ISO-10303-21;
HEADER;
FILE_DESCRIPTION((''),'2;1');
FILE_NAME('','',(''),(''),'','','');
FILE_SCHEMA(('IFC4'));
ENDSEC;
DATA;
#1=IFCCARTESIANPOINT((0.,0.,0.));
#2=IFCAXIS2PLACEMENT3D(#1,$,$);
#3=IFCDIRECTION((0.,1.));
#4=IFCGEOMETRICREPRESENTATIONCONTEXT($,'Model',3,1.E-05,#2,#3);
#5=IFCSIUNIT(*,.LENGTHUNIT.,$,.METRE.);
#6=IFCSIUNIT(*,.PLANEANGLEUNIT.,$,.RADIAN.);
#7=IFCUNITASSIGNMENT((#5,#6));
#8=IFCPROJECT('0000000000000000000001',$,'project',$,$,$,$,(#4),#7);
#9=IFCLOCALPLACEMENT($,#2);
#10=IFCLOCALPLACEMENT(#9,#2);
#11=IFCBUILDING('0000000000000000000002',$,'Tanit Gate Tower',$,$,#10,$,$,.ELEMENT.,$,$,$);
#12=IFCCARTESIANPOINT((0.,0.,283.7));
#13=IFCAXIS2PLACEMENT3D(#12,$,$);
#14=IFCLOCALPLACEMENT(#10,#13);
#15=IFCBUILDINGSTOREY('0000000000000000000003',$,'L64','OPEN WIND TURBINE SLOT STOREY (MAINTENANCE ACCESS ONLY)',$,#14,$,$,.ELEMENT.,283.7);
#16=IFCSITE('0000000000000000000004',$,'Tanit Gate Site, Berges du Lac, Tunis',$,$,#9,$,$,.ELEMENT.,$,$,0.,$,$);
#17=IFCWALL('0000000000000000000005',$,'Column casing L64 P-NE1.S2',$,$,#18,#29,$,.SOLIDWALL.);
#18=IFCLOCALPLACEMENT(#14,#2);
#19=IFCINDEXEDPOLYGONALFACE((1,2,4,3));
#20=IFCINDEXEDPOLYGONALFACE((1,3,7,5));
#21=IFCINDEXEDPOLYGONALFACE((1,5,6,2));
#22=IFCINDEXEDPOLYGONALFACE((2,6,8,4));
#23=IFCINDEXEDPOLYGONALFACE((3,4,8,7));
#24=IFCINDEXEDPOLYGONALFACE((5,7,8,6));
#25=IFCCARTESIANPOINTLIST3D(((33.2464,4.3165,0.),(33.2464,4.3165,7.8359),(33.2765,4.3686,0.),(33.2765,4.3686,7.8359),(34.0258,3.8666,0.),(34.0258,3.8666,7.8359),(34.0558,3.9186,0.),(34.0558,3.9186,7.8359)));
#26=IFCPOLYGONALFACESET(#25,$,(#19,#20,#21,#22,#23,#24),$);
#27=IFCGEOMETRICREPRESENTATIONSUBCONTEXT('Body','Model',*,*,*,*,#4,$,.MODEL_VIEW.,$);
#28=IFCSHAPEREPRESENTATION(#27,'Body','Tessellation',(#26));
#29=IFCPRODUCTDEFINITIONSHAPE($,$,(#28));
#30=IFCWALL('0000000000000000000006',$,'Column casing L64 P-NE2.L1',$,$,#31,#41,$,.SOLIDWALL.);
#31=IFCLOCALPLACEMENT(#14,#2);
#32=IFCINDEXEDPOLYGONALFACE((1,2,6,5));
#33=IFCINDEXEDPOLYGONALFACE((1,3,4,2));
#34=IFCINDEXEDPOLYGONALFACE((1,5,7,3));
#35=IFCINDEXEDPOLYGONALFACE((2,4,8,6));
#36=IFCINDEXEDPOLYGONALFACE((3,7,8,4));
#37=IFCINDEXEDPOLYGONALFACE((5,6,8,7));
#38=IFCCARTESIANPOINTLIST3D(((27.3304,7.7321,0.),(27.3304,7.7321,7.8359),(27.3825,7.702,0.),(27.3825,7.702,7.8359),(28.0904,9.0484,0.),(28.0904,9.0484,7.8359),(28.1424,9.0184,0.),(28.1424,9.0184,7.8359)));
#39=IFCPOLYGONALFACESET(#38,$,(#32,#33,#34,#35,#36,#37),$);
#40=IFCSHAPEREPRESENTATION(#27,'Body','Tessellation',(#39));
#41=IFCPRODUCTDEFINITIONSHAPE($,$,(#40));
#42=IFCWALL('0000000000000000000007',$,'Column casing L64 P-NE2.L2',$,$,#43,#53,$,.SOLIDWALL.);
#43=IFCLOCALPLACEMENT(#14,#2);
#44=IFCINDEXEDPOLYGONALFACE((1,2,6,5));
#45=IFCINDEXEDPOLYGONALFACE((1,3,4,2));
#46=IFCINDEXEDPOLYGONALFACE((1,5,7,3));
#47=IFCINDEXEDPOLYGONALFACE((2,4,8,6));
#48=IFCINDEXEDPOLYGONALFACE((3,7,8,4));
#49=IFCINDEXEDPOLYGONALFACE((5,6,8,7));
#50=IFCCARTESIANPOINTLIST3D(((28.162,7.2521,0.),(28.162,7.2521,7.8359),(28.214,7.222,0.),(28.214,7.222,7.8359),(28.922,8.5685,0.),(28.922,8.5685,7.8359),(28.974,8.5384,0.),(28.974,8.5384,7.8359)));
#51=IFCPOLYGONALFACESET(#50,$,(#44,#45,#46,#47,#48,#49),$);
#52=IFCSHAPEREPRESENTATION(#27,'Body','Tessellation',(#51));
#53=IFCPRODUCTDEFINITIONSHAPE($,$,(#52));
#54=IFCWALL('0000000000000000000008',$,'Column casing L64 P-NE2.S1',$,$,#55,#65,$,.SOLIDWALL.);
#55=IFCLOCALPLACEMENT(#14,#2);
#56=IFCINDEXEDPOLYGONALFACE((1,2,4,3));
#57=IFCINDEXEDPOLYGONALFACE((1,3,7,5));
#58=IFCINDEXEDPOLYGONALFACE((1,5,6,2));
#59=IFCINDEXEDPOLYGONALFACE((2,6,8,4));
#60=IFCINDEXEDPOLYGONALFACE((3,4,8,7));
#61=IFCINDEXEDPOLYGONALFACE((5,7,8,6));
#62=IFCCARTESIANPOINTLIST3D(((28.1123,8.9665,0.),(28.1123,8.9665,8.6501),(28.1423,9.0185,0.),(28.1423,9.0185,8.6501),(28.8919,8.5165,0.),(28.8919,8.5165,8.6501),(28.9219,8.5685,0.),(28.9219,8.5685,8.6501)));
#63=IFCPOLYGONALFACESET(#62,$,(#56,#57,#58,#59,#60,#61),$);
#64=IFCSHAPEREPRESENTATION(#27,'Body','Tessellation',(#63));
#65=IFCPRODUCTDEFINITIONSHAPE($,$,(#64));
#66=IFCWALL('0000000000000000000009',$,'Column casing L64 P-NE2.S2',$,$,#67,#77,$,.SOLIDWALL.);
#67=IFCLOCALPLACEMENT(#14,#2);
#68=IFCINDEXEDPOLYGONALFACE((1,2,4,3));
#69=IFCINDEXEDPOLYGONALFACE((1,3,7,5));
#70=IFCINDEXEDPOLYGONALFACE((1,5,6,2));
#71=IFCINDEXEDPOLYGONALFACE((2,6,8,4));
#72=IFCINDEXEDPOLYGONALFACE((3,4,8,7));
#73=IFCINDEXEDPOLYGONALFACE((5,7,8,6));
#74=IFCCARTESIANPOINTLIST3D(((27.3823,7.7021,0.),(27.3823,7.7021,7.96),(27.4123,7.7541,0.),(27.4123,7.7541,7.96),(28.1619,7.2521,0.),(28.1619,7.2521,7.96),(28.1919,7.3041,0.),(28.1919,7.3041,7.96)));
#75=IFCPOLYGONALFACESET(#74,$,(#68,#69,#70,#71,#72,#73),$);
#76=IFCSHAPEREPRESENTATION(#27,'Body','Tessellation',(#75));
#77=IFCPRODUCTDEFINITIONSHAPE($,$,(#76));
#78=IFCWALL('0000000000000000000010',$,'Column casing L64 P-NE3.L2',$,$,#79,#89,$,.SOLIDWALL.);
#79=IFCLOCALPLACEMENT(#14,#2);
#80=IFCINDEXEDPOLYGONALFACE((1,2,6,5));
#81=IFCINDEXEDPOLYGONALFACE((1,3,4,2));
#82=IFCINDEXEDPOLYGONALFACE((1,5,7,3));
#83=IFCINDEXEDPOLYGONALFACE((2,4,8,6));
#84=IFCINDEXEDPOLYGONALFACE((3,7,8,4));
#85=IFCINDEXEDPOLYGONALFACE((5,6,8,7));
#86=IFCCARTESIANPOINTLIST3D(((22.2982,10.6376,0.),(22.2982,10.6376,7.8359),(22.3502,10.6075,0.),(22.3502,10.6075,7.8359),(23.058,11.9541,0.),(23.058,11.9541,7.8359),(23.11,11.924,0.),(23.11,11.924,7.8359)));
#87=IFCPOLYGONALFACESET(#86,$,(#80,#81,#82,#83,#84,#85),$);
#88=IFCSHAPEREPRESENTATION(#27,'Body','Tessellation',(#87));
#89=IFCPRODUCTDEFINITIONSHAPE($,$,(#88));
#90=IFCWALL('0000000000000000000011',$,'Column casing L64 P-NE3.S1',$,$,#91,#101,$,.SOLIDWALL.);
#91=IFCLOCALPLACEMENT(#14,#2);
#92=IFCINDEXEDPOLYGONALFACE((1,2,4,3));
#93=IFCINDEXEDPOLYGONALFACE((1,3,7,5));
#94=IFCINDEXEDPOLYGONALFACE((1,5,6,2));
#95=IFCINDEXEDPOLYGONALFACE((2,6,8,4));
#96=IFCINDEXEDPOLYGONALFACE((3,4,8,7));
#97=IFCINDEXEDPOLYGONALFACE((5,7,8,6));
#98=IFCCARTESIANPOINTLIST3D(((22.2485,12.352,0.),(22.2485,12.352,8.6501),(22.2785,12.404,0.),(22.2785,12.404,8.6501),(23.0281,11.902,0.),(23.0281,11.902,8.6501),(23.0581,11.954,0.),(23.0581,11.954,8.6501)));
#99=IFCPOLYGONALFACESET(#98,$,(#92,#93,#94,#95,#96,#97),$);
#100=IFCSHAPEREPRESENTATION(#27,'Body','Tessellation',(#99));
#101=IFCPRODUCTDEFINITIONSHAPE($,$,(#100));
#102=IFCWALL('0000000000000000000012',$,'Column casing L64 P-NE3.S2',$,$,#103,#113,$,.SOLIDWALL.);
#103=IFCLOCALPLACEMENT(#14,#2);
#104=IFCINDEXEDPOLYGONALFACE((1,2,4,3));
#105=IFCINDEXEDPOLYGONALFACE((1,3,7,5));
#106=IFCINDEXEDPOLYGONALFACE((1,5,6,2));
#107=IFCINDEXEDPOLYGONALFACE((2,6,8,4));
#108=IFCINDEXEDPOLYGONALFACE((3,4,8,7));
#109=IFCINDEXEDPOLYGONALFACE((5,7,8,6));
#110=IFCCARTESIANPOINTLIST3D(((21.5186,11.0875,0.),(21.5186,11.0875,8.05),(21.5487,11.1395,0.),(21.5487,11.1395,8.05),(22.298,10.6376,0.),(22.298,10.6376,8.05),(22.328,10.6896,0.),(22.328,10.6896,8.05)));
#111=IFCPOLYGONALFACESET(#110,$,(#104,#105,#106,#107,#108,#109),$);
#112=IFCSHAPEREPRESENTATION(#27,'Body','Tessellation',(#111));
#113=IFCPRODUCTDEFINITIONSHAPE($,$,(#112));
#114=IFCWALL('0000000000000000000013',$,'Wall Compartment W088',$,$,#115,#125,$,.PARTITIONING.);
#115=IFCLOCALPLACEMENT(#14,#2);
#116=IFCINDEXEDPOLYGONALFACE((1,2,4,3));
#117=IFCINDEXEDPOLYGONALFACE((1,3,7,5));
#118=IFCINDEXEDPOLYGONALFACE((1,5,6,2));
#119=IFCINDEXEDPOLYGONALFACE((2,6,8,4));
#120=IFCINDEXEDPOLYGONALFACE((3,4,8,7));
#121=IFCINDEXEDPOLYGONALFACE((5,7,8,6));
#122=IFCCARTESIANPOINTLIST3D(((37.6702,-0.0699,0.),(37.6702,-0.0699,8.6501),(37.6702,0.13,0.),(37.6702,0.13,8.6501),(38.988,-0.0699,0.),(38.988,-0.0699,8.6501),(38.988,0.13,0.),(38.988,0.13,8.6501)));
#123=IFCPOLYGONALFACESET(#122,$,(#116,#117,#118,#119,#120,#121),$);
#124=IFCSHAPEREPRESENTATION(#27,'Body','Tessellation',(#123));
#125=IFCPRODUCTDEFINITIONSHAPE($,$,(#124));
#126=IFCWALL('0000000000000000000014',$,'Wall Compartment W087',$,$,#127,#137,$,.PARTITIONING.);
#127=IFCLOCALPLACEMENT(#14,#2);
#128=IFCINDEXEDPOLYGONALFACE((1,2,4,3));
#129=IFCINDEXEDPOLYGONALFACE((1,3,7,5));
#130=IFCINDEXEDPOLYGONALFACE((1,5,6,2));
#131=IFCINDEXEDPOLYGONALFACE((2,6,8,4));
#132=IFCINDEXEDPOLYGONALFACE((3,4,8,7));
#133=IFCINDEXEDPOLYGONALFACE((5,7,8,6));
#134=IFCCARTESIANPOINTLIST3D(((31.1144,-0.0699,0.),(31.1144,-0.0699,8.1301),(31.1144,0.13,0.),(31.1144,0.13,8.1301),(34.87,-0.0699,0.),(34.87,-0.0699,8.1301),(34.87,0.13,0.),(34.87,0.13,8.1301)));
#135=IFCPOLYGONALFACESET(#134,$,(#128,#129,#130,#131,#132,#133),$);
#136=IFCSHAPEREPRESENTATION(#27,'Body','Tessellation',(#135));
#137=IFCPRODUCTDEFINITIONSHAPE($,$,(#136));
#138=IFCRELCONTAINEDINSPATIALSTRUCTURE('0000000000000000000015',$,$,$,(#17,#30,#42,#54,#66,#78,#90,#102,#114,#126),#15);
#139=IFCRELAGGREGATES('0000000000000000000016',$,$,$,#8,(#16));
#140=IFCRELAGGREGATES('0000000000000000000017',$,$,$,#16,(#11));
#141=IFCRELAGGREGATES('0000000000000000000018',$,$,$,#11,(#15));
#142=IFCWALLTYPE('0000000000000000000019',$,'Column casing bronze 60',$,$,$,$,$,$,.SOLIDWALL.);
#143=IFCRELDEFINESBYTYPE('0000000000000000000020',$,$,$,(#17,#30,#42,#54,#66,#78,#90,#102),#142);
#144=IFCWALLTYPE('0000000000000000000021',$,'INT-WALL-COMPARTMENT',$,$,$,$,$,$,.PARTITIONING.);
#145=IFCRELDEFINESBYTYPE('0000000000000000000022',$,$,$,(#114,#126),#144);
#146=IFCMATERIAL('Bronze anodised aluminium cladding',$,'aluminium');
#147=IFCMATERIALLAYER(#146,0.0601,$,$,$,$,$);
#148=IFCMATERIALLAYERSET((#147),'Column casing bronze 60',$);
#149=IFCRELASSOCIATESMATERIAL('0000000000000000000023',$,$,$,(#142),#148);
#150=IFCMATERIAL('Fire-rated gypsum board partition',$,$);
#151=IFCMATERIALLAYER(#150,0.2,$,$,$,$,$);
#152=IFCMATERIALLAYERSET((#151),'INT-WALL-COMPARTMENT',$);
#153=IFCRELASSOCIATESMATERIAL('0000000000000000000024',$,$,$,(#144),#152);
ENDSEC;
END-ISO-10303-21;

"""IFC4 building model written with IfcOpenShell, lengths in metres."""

from ifc_helpers import new_model, si_unit, direction, frame, frame_2d, origin, place, context, subcontext, project, spatial, rectangle, extrude, material, layer, layer_set, type_object, element, save


model = new_model("IFC4")

# Units and contexts
model_context = context("Model", 3, precision=1e-05, world=origin(), true_north=direction((0.0, 1.0)))
body_context = subcontext(model_context, "Body", "Model", "MODEL_VIEW")
ifc_project = project(units=[si_unit("LENGTHUNIT", "METRE"), si_unit("PLANEANGLEUNIT", "RADIAN")], contexts=[model_context])

# Site, building, storey
site_placement = place(None, origin())
site = spatial("IfcSite", under=ifc_project, at=site_placement, Name="Tanit Gate Site, Berges du Lac, Tunis", CompositionType="ELEMENT", RefElevation=0.0)
building_placement = place(site_placement, origin())
building = spatial("IfcBuilding", under=site, at=building_placement, Name="Tanit Gate Tower", CompositionType="ELEMENT")
storey_placement = place(building_placement, frame((0.0, 0.0, 283.7)))
storey = spatial("IfcBuildingStorey", under=building, at=storey_placement, Name="L64", Description="OPEN WIND TURBINE SLOT STOREY (MAINTENANCE ACCESS ONLY)", CompositionType="ELEMENT", Elevation=283.7)

# Walls
ifc_material_1 = material(Name="Bronze anodised aluminium cladding", Category="aluminium")
ifc_layer_1 = layer(ifc_material_1, 0.0601)
ifc_layer_set_1 = layer_set([ifc_layer_1], Name="Column casing bronze 60")
wall_type_1 = type_object("IfcWallType", Name="Column casing bronze 60", PredefinedType="SOLIDWALL", material=ifc_layer_set_1)
wall_1_placement = place(storey_placement, frame((34.0408, 3.8926, 0.0), z_axis=(0.0, 0.0, 1.0), x_axis=(-0.866014, 0.50002, 0.0)))
element("IfcWall", 1, at=wall_1_placement, inside=storey, type_object=wall_type_1, Name="Column casing L64 P-NE1.S2", PredefinedType="SOLIDWALL", context=body_context, shape_type="SweptSolid", body=[
    extrude(rectangle(XDim=0.8999, YDim=0.0601, at=frame_2d((0.45, 0.0))), origin(), (0.0, 0.0, 1.0), 7.8359),
])
for number, where, z_axis, x_axis, name in (
    (2, (27.3564, 7.717, 0.0), (0.0, 0.0, 1.0), (0.499991, 0.86603, 0.0), "Column casing L64 P-NE2.L1"),
    (3, (28.188, 7.2371, 0.0), (0.0, 0.0, 1.0), (0.499991, 0.86603, 0.0), "Column casing L64 P-NE2.L2"),
):
    element("IfcWall", number, at=place(storey_placement, frame(where, z_axis=z_axis, x_axis=x_axis)), inside=storey, type_object=wall_type_1, Name=name, PredefinedType="SOLIDWALL", context=body_context, shape_type="SweptSolid", body=[
        extrude(rectangle(XDim=1.52, YDim=0.0601, at=frame_2d((0.76, 0.0))), origin(), (0.0, 0.0, 1.0), 7.8359),
    ])
wall_2_placement = place(storey_placement, frame((28.907, 8.5425, 0.0), z_axis=(0.0, 0.0, 1.0), x_axis=(-0.866082, 0.499902, 0.0)))
element("IfcWall", 4, at=wall_2_placement, inside=storey, type_object=wall_type_1, Name="Column casing L64 P-NE2.S1", PredefinedType="SOLIDWALL", context=body_context, shape_type="SweptSolid", body=[
    extrude(rectangle(XDim=0.9001, YDim=0.0601, at=frame_2d((0.4502, 0.0))), origin(), (0.0, 0.0, 1.0), 8.6501),
])
wall_3_placement = place(storey_placement, frame((28.177, 7.2781, 0.0), z_axis=(0.0, 0.0, 1.0), x_axis=(-0.866082, 0.499902, 0.0)))
element("IfcWall", 5, at=wall_3_placement, inside=storey, type_object=wall_type_1, Name="Column casing L64 P-NE2.S2", PredefinedType="SOLIDWALL", context=body_context, shape_type="SweptSolid", body=[
    extrude(rectangle(XDim=0.9001, YDim=0.0601, at=frame_2d((0.4502, 0.0))), origin(), (0.0, 0.0, 1.0), 7.96),
])
wall_4_placement = place(storey_placement, frame((22.3242, 10.6226, 0.0), z_axis=(0.0, 0.0, 1.0), x_axis=(0.499871, 0.8661, 0.0)))
element("IfcWall", 6, at=wall_4_placement, inside=storey, type_object=wall_type_1, Name="Column casing L64 P-NE3.L2", PredefinedType="SOLIDWALL", context=body_context, shape_type="SweptSolid", body=[
    extrude(rectangle(XDim=1.52, YDim=0.0601, at=frame_2d((0.76, 0.0))), origin(), (0.0, 0.0, 1.0), 7.8359),
])
wall_5_placement = place(storey_placement, frame((23.0432, 11.928, 0.0), z_axis=(0.0, 0.0, 1.0), x_axis=(-0.866082, 0.499902, 0.0)))
element("IfcWall", 7, at=wall_5_placement, inside=storey, type_object=wall_type_1, Name="Column casing L64 P-NE3.S1", PredefinedType="SOLIDWALL", context=body_context, shape_type="SweptSolid", body=[
    extrude(rectangle(XDim=0.9001, YDim=0.0601, at=frame_2d((0.4502, 0.0))), origin(), (0.0, 0.0, 1.0), 8.6501),
])
wall_6_placement = place(storey_placement, frame((22.313, 10.6636, 0.0), z_axis=(0.0, 0.0, 1.0), x_axis=(-0.866014, 0.50002, 0.0)))
element("IfcWall", 8, at=wall_6_placement, inside=storey, type_object=wall_type_1, Name="Column casing L64 P-NE3.S2", PredefinedType="SOLIDWALL", context=body_context, shape_type="SweptSolid", body=[
    extrude(rectangle(XDim=0.8999, YDim=0.0601, at=frame_2d((0.45, 0.0))), origin(), (0.0, 0.0, 1.0), 8.05),
])
ifc_material_2 = material(Name="Fire-rated gypsum board partition")
ifc_layer_2 = layer(ifc_material_2, 0.2)
ifc_layer_set_2 = layer_set([ifc_layer_2], Name="INT-WALL-COMPARTMENT")
wall_type_2 = type_object("IfcWallType", Name="INT-WALL-COMPARTMENT", PredefinedType="PARTITIONING", material=ifc_layer_set_2)
wall_7_placement = place(storey_placement, frame((38.988, 0.03, 0.0), z_axis=(0.0, 0.0, 1.0), x_axis=(-1.0, 0.0, 0.0)))
element("IfcWall", 9, at=wall_7_placement, inside=storey, type_object=wall_type_2, Name="Wall Compartment W088", PredefinedType="PARTITIONING", context=body_context, shape_type="SweptSolid", body=[
    extrude(rectangle(XDim=1.3179, YDim=0.2, at=frame_2d((0.6589, 0.0))), origin(), (0.0, 0.0, 1.0), 8.6501),
])
wall_8_placement = place(storey_placement, frame((34.8701, 0.03, 0.0), z_axis=(0.0, 0.0, 1.0), x_axis=(-1.0, 0.0, 0.0)))
element("IfcWall", 10, at=wall_8_placement, inside=storey, type_object=wall_type_2, Name="Wall Compartment W087", PredefinedType="PARTITIONING", context=body_context, shape_type="SweptSolid", body=[
    extrude(rectangle(XDim=3.7556, YDim=0.2, at=frame_2d((1.8779, 0.0))), origin(), (0.0, 0.0, 1.0), 8.1301),
])

save(model, "model.ifc")
